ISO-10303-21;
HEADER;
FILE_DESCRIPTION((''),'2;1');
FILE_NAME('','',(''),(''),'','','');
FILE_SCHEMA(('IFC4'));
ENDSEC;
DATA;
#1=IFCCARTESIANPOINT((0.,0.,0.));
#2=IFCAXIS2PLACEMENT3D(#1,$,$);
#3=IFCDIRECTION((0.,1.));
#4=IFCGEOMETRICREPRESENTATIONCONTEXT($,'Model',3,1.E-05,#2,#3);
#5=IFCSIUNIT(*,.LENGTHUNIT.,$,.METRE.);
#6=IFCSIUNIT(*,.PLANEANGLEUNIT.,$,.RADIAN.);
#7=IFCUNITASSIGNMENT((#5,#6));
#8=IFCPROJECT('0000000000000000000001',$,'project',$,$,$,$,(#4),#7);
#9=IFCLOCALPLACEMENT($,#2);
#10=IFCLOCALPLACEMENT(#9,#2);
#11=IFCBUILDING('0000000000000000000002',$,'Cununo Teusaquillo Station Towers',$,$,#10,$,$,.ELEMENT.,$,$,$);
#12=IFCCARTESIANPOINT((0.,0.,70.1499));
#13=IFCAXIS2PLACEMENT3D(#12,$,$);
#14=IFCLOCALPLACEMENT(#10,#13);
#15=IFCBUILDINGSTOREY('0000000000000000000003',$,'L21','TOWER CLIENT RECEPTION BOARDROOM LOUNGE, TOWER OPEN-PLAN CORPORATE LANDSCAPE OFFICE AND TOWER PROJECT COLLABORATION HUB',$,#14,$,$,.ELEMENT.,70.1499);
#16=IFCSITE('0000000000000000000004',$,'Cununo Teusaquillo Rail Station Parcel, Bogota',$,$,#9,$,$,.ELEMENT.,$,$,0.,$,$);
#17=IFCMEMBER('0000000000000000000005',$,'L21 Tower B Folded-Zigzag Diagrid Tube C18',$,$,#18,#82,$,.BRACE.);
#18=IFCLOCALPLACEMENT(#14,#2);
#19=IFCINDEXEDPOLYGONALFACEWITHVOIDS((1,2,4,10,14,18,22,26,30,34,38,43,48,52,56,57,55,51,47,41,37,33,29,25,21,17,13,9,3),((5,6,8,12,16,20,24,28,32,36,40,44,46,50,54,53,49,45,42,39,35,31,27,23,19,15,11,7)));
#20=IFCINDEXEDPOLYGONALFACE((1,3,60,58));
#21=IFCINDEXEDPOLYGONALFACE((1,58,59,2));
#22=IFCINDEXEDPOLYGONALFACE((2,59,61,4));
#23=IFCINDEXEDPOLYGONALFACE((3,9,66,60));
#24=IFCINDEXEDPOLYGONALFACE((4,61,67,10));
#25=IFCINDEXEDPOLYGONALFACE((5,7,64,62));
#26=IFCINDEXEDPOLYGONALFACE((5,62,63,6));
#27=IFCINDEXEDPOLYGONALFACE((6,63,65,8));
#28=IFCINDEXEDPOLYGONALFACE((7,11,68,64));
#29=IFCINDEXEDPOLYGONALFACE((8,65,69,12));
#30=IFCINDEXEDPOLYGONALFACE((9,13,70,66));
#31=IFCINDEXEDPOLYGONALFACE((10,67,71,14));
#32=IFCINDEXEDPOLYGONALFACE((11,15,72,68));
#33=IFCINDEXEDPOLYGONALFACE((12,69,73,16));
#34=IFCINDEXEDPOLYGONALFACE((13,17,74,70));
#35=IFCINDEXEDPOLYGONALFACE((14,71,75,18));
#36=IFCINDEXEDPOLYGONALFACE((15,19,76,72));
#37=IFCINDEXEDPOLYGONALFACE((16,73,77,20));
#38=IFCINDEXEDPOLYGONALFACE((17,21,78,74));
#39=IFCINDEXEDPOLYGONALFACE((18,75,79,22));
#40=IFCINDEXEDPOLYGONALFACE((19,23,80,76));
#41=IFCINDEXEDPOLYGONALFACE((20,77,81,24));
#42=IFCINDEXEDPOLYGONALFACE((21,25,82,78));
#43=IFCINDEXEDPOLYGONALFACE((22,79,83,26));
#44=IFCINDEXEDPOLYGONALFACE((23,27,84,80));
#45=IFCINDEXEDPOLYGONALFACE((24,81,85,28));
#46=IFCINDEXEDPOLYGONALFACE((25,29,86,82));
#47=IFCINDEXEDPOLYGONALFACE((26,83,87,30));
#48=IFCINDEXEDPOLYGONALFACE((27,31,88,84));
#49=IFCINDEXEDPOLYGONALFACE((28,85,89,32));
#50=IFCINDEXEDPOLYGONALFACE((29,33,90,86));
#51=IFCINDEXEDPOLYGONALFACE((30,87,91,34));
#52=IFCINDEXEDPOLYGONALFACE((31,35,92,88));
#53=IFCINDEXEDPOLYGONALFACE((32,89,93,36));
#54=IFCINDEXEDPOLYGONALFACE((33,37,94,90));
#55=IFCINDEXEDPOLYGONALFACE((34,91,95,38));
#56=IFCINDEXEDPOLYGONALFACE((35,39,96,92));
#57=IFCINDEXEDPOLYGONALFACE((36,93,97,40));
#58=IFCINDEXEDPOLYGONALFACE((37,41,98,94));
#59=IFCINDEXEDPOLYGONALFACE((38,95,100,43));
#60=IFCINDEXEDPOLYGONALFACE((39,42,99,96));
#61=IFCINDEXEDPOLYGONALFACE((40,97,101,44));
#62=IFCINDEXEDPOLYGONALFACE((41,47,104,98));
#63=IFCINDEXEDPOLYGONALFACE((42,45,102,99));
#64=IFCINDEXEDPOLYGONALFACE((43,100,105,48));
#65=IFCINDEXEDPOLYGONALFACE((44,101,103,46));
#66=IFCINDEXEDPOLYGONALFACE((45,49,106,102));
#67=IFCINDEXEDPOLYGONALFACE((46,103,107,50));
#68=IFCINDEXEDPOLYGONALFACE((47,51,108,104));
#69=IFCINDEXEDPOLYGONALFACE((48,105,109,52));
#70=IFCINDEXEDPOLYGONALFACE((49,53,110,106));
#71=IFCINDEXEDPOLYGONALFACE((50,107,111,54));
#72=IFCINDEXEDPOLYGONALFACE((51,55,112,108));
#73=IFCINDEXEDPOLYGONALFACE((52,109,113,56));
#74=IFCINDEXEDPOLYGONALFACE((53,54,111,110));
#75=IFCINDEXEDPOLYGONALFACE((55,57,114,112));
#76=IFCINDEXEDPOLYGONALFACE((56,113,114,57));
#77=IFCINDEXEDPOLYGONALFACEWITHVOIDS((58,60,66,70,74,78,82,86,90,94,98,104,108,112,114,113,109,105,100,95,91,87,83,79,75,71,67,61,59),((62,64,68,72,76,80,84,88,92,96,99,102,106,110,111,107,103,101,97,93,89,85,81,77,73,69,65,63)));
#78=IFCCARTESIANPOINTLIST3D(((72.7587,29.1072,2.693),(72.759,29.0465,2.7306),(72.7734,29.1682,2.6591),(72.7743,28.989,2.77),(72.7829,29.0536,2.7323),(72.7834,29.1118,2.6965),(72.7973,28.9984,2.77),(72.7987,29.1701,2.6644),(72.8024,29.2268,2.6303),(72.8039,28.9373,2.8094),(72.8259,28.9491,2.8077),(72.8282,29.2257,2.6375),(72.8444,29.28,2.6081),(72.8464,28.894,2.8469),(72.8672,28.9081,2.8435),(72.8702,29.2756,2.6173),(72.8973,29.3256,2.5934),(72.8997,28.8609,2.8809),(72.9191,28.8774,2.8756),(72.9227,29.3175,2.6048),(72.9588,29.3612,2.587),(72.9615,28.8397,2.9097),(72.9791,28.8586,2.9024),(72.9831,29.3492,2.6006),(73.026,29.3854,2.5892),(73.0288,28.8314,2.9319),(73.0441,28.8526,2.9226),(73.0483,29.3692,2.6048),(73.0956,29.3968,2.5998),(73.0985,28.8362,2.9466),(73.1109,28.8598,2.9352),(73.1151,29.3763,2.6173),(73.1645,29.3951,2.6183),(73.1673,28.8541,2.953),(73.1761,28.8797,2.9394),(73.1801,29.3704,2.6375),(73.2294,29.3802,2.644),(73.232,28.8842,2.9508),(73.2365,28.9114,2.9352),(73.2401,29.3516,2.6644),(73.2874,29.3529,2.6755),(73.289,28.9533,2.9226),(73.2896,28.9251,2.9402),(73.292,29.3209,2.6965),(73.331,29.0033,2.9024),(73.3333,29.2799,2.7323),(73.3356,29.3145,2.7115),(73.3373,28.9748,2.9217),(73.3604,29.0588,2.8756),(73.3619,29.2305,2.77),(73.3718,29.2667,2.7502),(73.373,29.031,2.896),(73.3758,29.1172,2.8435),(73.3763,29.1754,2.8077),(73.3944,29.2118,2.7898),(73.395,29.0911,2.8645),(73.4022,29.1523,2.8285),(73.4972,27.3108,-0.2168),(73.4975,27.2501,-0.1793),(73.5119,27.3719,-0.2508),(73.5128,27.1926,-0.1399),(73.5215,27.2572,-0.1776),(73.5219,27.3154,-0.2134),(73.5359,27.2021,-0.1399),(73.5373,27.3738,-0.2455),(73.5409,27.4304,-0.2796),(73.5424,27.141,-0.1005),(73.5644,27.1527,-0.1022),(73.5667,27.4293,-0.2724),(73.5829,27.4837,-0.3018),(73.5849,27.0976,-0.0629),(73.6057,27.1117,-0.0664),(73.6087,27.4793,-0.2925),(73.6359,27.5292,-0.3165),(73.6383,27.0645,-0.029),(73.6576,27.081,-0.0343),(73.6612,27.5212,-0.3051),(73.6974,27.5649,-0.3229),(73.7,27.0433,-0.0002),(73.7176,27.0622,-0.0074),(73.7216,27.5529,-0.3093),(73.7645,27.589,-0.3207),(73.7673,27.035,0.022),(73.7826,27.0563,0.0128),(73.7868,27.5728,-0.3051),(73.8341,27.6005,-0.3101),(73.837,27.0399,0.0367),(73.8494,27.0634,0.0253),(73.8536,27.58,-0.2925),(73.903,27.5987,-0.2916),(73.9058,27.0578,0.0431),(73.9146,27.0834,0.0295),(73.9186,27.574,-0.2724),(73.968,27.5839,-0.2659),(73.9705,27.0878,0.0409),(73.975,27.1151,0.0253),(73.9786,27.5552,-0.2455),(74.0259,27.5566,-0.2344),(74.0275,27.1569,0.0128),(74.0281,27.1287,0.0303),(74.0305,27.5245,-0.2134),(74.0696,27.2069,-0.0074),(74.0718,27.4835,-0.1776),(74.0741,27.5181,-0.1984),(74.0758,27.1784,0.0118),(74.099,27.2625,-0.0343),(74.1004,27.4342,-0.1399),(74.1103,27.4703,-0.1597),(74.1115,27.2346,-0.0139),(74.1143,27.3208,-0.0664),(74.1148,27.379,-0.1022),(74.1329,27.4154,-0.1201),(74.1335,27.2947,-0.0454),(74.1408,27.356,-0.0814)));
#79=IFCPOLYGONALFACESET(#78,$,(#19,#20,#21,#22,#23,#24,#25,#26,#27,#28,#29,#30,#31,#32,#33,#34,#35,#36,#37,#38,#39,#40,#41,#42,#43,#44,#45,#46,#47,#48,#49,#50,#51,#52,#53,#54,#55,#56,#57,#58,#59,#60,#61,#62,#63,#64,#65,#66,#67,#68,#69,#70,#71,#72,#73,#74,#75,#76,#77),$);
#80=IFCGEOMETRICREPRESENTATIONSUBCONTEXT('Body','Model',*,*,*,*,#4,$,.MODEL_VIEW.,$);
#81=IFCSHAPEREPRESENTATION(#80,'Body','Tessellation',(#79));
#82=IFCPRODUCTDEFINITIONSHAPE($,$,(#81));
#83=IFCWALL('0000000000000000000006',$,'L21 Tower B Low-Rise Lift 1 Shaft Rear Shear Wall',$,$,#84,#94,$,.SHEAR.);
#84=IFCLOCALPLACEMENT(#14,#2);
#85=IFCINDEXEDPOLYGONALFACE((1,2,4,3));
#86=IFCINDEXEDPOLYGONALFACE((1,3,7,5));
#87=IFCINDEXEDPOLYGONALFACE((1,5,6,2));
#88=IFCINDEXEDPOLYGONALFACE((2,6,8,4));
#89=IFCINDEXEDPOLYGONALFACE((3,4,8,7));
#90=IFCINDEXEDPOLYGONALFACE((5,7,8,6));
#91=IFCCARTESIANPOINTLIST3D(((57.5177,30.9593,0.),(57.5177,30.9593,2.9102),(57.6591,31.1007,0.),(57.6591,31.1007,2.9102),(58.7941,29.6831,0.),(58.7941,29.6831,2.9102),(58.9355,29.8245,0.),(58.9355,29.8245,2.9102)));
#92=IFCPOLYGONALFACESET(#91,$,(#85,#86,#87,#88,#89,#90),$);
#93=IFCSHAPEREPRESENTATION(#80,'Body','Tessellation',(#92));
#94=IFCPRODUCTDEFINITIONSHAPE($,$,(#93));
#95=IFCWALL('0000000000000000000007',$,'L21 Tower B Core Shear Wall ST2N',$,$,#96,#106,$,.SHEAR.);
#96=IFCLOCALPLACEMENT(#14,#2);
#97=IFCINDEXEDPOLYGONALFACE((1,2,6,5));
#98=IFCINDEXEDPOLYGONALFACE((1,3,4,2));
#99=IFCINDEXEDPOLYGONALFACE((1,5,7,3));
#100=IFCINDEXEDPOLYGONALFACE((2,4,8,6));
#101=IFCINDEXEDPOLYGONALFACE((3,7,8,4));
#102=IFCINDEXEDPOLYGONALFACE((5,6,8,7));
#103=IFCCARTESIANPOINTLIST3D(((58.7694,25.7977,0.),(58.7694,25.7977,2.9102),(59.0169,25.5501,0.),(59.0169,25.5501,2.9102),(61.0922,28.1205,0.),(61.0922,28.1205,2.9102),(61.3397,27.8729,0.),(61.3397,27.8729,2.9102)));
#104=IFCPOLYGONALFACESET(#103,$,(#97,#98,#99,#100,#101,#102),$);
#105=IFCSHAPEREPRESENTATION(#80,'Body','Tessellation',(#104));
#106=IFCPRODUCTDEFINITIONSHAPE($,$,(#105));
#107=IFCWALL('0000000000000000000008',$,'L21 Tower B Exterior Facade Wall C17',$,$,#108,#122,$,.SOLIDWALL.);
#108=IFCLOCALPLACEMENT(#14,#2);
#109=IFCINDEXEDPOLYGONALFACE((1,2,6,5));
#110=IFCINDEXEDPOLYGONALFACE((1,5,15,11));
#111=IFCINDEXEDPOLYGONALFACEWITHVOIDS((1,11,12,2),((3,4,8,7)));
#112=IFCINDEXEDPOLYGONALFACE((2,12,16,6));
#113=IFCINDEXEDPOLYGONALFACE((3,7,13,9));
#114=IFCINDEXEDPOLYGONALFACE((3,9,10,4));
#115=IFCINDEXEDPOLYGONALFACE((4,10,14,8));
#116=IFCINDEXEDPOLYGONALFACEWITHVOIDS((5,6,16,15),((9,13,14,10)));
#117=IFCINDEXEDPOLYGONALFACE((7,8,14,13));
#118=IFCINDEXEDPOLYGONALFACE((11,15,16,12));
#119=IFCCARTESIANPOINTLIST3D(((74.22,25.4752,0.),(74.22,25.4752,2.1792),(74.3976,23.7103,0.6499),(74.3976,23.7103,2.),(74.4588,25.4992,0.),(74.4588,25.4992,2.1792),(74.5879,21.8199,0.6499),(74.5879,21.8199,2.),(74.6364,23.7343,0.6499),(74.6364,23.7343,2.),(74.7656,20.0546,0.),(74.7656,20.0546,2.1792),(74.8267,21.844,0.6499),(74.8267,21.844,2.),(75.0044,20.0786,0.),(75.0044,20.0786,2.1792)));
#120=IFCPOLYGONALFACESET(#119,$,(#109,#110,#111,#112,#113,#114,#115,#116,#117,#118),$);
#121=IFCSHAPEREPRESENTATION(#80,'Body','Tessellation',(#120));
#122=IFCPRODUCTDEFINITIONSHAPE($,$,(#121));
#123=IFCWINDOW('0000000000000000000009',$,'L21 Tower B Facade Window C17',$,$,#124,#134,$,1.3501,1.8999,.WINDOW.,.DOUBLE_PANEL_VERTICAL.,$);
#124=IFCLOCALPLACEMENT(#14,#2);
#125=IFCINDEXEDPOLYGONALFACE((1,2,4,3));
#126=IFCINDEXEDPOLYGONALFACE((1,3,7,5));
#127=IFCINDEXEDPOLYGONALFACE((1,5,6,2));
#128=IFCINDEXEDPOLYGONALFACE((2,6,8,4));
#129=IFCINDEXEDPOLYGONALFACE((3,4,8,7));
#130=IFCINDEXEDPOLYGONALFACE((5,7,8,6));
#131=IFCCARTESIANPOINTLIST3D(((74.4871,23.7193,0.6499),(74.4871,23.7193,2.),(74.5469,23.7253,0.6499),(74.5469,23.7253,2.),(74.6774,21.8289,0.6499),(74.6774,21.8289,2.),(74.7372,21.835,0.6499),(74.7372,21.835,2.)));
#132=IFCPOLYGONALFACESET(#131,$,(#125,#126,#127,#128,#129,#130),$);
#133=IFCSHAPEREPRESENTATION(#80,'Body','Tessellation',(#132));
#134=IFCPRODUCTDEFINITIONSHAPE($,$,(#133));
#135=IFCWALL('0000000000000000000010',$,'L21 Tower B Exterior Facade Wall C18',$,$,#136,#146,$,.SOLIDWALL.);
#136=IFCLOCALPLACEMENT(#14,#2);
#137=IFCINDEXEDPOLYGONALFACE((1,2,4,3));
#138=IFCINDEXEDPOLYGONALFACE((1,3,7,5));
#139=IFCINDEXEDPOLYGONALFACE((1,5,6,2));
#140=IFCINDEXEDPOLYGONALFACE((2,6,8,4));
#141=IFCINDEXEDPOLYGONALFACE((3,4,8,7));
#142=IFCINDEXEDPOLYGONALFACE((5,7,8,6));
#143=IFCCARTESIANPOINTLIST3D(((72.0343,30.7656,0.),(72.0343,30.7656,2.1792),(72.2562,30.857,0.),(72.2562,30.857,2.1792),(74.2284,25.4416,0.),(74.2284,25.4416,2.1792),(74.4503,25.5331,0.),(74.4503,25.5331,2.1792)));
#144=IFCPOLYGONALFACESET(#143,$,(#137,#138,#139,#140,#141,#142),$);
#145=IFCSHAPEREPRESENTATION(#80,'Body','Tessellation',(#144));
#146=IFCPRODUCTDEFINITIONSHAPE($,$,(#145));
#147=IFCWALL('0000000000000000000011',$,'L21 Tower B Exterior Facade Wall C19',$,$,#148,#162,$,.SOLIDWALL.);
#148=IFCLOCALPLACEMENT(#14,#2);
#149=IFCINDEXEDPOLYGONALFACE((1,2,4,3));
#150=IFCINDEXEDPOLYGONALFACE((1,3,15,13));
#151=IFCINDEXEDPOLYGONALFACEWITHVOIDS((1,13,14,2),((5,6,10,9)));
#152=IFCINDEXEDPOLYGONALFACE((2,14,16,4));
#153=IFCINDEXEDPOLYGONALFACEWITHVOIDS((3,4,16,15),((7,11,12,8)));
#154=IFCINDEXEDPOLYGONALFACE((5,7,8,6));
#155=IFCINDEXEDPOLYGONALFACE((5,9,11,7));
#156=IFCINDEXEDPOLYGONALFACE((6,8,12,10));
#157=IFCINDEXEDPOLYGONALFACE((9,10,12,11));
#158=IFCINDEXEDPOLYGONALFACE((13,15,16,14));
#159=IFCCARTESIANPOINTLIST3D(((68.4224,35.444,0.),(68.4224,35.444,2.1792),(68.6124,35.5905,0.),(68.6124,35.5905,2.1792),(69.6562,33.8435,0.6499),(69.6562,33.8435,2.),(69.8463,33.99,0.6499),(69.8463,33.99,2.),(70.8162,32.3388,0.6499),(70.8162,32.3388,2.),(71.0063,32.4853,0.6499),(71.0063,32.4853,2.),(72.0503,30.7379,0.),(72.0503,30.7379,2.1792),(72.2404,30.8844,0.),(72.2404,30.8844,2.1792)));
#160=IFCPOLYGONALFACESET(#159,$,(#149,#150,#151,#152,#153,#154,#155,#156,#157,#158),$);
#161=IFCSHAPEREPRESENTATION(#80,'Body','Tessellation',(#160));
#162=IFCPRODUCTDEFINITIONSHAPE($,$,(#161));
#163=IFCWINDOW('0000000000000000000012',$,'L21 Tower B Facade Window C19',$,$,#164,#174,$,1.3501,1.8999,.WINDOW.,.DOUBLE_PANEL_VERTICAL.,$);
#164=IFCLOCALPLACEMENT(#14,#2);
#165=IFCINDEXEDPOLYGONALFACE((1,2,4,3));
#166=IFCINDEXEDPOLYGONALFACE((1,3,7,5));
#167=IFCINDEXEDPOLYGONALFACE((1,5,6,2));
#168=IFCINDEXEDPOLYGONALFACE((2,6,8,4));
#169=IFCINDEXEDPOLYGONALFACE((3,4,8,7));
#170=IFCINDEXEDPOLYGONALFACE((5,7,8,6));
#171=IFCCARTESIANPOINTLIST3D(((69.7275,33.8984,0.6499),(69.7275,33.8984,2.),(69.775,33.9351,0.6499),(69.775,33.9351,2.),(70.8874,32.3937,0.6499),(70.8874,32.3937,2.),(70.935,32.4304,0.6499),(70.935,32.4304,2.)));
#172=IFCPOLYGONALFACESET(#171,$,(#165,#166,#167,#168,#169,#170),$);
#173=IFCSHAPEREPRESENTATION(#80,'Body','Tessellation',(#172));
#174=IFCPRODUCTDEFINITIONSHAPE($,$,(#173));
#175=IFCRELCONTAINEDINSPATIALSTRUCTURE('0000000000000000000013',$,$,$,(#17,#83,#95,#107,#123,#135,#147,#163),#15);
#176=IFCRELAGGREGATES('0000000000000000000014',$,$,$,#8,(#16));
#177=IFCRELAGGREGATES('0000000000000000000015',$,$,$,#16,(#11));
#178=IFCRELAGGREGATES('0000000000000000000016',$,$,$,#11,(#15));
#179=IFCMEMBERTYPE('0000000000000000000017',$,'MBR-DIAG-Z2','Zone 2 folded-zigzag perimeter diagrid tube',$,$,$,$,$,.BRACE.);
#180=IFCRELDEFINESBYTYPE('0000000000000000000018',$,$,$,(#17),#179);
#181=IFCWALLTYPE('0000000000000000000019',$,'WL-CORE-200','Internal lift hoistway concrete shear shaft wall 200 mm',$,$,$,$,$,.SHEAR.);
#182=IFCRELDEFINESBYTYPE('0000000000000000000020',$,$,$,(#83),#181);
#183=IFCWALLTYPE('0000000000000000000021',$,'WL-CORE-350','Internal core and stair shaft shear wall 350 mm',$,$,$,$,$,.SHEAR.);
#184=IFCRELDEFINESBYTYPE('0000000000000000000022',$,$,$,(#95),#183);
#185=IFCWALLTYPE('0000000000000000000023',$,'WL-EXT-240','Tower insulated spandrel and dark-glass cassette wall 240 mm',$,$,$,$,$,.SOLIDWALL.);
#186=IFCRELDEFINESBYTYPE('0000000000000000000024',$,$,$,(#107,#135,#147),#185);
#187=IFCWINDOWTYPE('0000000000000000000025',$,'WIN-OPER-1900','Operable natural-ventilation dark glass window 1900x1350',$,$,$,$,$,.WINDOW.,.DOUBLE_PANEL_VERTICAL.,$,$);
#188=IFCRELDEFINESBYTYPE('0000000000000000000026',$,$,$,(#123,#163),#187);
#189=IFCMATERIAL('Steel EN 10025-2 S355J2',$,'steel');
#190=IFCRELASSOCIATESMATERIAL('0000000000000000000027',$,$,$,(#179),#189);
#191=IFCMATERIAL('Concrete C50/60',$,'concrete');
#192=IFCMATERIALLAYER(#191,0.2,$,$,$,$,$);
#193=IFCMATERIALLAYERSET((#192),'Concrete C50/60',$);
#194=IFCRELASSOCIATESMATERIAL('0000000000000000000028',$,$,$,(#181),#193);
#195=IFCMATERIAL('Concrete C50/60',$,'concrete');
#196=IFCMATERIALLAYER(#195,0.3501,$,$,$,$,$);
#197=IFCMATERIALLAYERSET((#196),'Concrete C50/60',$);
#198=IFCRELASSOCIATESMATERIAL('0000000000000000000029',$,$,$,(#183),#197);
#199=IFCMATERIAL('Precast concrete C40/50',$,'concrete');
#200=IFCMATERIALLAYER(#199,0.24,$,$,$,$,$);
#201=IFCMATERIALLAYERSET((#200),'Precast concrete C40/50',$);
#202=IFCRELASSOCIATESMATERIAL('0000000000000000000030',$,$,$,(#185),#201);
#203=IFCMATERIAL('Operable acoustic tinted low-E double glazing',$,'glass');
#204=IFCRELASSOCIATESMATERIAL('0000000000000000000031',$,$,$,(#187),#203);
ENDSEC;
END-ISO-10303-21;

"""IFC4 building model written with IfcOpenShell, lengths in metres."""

from ifc_helpers import new_model, si_unit, direction, frame, frame_2d, origin, origin_2d, place, context, subcontext, project, spatial, rectangle, hollow_circle, extrude, source, transform, mapped, material, layer, layer_set, material_profile, profile_set, type_object, element, fill, save


model = new_model("IFC4")

# Units and contexts
model_context = context("Model", 3, precision=1e-05, world=origin(), true_north=direction((0.0, 1.0)))
body_context = subcontext(model_context, "Body", "Model", "MODEL_VIEW")
ifc_project = project(units=[si_unit("LENGTHUNIT", "METRE"), si_unit("PLANEANGLEUNIT", "RADIAN")], contexts=[model_context])

# Site, building, storey
site_placement = place(None, origin())
site = spatial("IfcSite", under=ifc_project, at=site_placement, Name="Cununo Teusaquillo Rail Station Parcel, Bogota", CompositionType="ELEMENT", RefElevation=0.0)
building_placement = place(site_placement, origin())
building = spatial("IfcBuilding", under=site, at=building_placement, Name="Cununo Teusaquillo Station Towers", CompositionType="ELEMENT")
storey_placement = place(building_placement, frame((0.0, 0.0, 70.1499)))
storey = spatial("IfcBuildingStorey", under=building, at=storey_placement, Name="L21", Description="TOWER CLIENT RECEPTION BOARDROOM LOUNGE, TOWER OPEN-PLAN CORPORATE LANDSCAPE OFFICE AND TOWER PROJECT COLLABORATION HUB", CompositionType="ELEMENT", Elevation=70.1499)

# Member
ifc_material_1 = material(Name="Steel EN 10025-2 S355J2", Category="steel")
ifc_material_profile_1 = material_profile(ifc_material_1, hollow_circle(Radius=0.3301, WallThickness=0.0249, at=origin_2d()), Name="CHS 660x25")
ifc_profile_set_1 = profile_set([ifc_material_profile_1], Name="Steel EN 10025-2 S355J2")
member_type = type_object("IfcMemberType", Name="MBR-DIAG-Z2", Description="Zone 2 folded-zigzag perimeter diagrid tube", PredefinedType="BRACE", material=ifc_profile_set_1)
member_placement = place(storey_placement, frame((73.8181, 27.3181, -0.1399), z_axis=(-0.211093, 0.513463, 0.831743), x_axis=(-0.924889, -0.380238, 0.0)))
element("IfcMember", 1, at=member_placement, inside=storey, type_object=member_type, Name="L21 Tower B Folded-Zigzag Diagrid Tube C18", PredefinedType="BRACE", context=body_context, shape_type="SweptSolid", body=[
    extrude(hollow_circle(Radius=0.3301, WallThickness=0.0249, at=origin_2d()), origin(), (0.0, 0.0, 1.0), 3.4985),
])

# Walls
ifc_material_2 = material(Name="Concrete C50/60", Category="concrete")
ifc_layer_1 = layer(ifc_material_2, 0.2)
ifc_layer_set_1 = layer_set([ifc_layer_1], Name="Concrete C50/60")
wall_type_1 = type_object("IfcWallType", Name="WL-CORE-200", Description="Internal lift hoistway concrete shear shaft wall 200 mm", PredefinedType="SHEAR", material=ifc_layer_set_1)
wall_1_placement = place(storey_placement, frame((58.8647, 29.7539, 0.0), z_axis=(0.0, 0.0, 1.0), x_axis=(-0.707174, 0.707039, 0.0)))
element("IfcWall", 2, at=wall_1_placement, inside=storey, type_object=wall_type_1, Name="L21 Tower B Low-Rise Lift 1 Shaft Rear Shear Wall", PredefinedType="SHEAR", context=body_context, shape_type="SweptSolid", body=[
    extrude(rectangle(XDim=1.8049, YDim=0.2, at=frame_2d((0.9023, 0.0))), origin(), (0.0, 0.0, 1.0), 2.9102),
])
ifc_material_3 = material(Name="Concrete C50/60", Category="concrete")
ifc_layer_2 = layer(ifc_material_3, 0.3501)
ifc_layer_set_2 = layer_set([ifc_layer_2], Name="Concrete C50/60")
wall_type_2 = type_object("IfcWallType", Name="WL-CORE-350", Description="Internal core and stair shaft shear wall 350 mm", PredefinedType="SHEAR", material=ifc_layer_set_2)
wall_2_placement = place(storey_placement, frame((58.8931, 25.6738, 0.0), z_axis=(0.0, 0.0, 1.0), x_axis=(0.707107, 0.707107, 0.0)))
element("IfcWall", 3, at=wall_2_placement, inside=storey, type_object=wall_type_2, Name="L21 Tower B Core Shear Wall ST2N", PredefinedType="SHEAR", context=body_context, shape_type="SweptSolid", body=[
    extrude(rectangle(XDim=3.2849, YDim=0.3501, at=frame_2d((1.6426, 0.0))), origin(), (0.0, 0.0, 1.0), 2.9102),
])

# Wall, opening, window
ifc_material_4 = material(Name="Precast concrete C40/50", Category="concrete")
ifc_layer_3 = layer(ifc_material_4, 0.24)
ifc_layer_set_3 = layer_set([ifc_layer_3], Name="Precast concrete C40/50")
wall_type_3 = type_object("IfcWallType", Name="WL-EXT-240", Description="Tower insulated spandrel and dark-glass cassette wall 240 mm", PredefinedType="SOLIDWALL", material=ifc_layer_set_3)
wall_3_placement = place(storey_placement, frame((74.3394, 25.4873, 0.0), z_axis=(0.0, 0.0, 1.0), x_axis=(0.100156, -0.994972, 0.0)))
wall_3 = element("IfcWall", 4, at=wall_3_placement, inside=storey, type_object=wall_type_3, Name="L21 Tower B Exterior Facade Wall C17", PredefinedType="SOLIDWALL", context=body_context, shape_type="SweptSolid", body=[
    extrude(rectangle(XDim=5.448, YDim=0.24, at=frame_2d((2.7241, 0.0))), origin(), (0.0, 0.0, 1.0), 2.1792),
])
shared_shape_1 = source(origin(), body_context, "Body", "SweptSolid", [
    extrude(rectangle(XDim=1.8999, YDim=1.3501, at=frame_2d((0.95, 0.675))), frame((0.0, 0.1299, 0.0), z_axis=(0.0, -1.0, 0.0), x_axis=(1.0, 0.0, 0.0)), (0.0, 0.0, 1.0), 0.26),
])
opening_1_placement = place(wall_3_placement, frame((1.7739, 0.0, 0.6499)))
opening_1 = element("IfcOpeningElement", 5, at=opening_1_placement, cuts=wall_3, PredefinedType="OPENING", context=body_context, shape_type="MappedRepresentation", body=[
    mapped(shared_shape_1, transform((0.0, 0.0, 0.0), x_axis=(1.0, 0.0, 0.0), y_axis=(0.0, 1.0, 0.0), z_axis=(0.0, 0.0, 1.0), scale=1.0)),
])
ifc_material_5 = material(Name="Operable acoustic tinted low-E double glazing", Category="glass")
window_type = type_object("IfcWindowType", Name="WIN-OPER-1900", Description="Operable natural-ventilation dark glass window 1900x1350", PartitioningType="DOUBLE_PANEL_VERTICAL", PredefinedType="WINDOW", material=ifc_material_5)
shared_shape_2 = source(origin(), body_context, "Body", "SweptSolid", [
    extrude(rectangle(XDim=1.8999, YDim=1.3501, at=frame_2d((0.95, 0.675))), frame((0.0, 0.03, 0.0), z_axis=(0.0, -1.0, 0.0), x_axis=(1.0, 0.0, 0.0)), (0.0, 0.0, 1.0), 0.0601),
])
window_1_placement = place(opening_1_placement, origin())
window_1 = element("IfcWindow", 6, at=window_1_placement, inside=storey, type_object=window_type, Name="L21 Tower B Facade Window C17", OverallHeight=1.3501, OverallWidth=1.8999, PartitioningType="DOUBLE_PANEL_VERTICAL", PredefinedType="WINDOW", context=body_context, shape_type="MappedRepresentation", body=[
    mapped(shared_shape_2, transform((0.0, 0.0, 0.0), x_axis=(1.0, 0.0, 0.0), y_axis=(0.0, 1.0, 0.0), z_axis=(0.0, 0.0, 1.0), scale=1.0)),
])
fill(opening_1, window_1)

# Wall
wall_4_placement = place(storey_placement, frame((72.1453, 30.8113, 0.0), z_axis=(0.0, 0.0, 1.0), x_axis=(0.381027, -0.924564, 0.0)))
element("IfcWall", 7, at=wall_4_placement, inside=storey, type_object=wall_type_3, Name="L21 Tower B Exterior Facade Wall C18", PredefinedType="SOLIDWALL", context=body_context, shape_type="SweptSolid", body=[
    extrude(rectangle(XDim=5.7583, YDim=0.24, at=frame_2d((2.8792, 0.0))), origin(), (0.0, 0.0, 1.0), 2.1792),
])

# Wall, opening, window
wall_5_placement = place(storey_placement, frame((68.5173, 35.5173, 0.0), z_axis=(0.0, 0.0, 1.0), x_axis=(0.610544, -0.791982, 0.0)))
wall_5 = element("IfcWall", 8, at=wall_5_placement, inside=storey, type_object=wall_type_3, Name="L21 Tower B Exterior Facade Wall C19", PredefinedType="SOLIDWALL", context=body_context, shape_type="SweptSolid", body=[
    extrude(rectangle(XDim=5.9421, YDim=0.24, at=frame_2d((2.9712, 0.0))), origin(), (0.0, 0.0, 1.0), 2.1792),
])
opening_2_placement = place(wall_5_placement, frame((2.021, 0.0, 0.6499)))
opening_2 = element("IfcOpeningElement", 9, at=opening_2_placement, cuts=wall_5, PredefinedType="OPENING", context=body_context, shape_type="MappedRepresentation", body=[
    mapped(shared_shape_1, transform((0.0, 0.0, 0.0), x_axis=(1.0, 0.0, 0.0), y_axis=(0.0, 1.0, 0.0), z_axis=(0.0, 0.0, 1.0), scale=1.0)),
])
window_2_placement = place(opening_2_placement, origin())
window_2 = element("IfcWindow", 10, at=window_2_placement, inside=storey, type_object=window_type, Name="L21 Tower B Facade Window C19", OverallHeight=1.3501, OverallWidth=1.8999, PartitioningType="DOUBLE_PANEL_VERTICAL", PredefinedType="WINDOW", context=body_context, shape_type="MappedRepresentation", body=[
    mapped(shared_shape_2, transform((0.0, 0.0, 0.0), x_axis=(1.0, 0.0, 0.0), y_axis=(0.0, 1.0, 0.0), z_axis=(0.0, 0.0, 1.0), scale=1.0)),
])
fill(opening_2, window_2)

save(model, "model.ifc")
